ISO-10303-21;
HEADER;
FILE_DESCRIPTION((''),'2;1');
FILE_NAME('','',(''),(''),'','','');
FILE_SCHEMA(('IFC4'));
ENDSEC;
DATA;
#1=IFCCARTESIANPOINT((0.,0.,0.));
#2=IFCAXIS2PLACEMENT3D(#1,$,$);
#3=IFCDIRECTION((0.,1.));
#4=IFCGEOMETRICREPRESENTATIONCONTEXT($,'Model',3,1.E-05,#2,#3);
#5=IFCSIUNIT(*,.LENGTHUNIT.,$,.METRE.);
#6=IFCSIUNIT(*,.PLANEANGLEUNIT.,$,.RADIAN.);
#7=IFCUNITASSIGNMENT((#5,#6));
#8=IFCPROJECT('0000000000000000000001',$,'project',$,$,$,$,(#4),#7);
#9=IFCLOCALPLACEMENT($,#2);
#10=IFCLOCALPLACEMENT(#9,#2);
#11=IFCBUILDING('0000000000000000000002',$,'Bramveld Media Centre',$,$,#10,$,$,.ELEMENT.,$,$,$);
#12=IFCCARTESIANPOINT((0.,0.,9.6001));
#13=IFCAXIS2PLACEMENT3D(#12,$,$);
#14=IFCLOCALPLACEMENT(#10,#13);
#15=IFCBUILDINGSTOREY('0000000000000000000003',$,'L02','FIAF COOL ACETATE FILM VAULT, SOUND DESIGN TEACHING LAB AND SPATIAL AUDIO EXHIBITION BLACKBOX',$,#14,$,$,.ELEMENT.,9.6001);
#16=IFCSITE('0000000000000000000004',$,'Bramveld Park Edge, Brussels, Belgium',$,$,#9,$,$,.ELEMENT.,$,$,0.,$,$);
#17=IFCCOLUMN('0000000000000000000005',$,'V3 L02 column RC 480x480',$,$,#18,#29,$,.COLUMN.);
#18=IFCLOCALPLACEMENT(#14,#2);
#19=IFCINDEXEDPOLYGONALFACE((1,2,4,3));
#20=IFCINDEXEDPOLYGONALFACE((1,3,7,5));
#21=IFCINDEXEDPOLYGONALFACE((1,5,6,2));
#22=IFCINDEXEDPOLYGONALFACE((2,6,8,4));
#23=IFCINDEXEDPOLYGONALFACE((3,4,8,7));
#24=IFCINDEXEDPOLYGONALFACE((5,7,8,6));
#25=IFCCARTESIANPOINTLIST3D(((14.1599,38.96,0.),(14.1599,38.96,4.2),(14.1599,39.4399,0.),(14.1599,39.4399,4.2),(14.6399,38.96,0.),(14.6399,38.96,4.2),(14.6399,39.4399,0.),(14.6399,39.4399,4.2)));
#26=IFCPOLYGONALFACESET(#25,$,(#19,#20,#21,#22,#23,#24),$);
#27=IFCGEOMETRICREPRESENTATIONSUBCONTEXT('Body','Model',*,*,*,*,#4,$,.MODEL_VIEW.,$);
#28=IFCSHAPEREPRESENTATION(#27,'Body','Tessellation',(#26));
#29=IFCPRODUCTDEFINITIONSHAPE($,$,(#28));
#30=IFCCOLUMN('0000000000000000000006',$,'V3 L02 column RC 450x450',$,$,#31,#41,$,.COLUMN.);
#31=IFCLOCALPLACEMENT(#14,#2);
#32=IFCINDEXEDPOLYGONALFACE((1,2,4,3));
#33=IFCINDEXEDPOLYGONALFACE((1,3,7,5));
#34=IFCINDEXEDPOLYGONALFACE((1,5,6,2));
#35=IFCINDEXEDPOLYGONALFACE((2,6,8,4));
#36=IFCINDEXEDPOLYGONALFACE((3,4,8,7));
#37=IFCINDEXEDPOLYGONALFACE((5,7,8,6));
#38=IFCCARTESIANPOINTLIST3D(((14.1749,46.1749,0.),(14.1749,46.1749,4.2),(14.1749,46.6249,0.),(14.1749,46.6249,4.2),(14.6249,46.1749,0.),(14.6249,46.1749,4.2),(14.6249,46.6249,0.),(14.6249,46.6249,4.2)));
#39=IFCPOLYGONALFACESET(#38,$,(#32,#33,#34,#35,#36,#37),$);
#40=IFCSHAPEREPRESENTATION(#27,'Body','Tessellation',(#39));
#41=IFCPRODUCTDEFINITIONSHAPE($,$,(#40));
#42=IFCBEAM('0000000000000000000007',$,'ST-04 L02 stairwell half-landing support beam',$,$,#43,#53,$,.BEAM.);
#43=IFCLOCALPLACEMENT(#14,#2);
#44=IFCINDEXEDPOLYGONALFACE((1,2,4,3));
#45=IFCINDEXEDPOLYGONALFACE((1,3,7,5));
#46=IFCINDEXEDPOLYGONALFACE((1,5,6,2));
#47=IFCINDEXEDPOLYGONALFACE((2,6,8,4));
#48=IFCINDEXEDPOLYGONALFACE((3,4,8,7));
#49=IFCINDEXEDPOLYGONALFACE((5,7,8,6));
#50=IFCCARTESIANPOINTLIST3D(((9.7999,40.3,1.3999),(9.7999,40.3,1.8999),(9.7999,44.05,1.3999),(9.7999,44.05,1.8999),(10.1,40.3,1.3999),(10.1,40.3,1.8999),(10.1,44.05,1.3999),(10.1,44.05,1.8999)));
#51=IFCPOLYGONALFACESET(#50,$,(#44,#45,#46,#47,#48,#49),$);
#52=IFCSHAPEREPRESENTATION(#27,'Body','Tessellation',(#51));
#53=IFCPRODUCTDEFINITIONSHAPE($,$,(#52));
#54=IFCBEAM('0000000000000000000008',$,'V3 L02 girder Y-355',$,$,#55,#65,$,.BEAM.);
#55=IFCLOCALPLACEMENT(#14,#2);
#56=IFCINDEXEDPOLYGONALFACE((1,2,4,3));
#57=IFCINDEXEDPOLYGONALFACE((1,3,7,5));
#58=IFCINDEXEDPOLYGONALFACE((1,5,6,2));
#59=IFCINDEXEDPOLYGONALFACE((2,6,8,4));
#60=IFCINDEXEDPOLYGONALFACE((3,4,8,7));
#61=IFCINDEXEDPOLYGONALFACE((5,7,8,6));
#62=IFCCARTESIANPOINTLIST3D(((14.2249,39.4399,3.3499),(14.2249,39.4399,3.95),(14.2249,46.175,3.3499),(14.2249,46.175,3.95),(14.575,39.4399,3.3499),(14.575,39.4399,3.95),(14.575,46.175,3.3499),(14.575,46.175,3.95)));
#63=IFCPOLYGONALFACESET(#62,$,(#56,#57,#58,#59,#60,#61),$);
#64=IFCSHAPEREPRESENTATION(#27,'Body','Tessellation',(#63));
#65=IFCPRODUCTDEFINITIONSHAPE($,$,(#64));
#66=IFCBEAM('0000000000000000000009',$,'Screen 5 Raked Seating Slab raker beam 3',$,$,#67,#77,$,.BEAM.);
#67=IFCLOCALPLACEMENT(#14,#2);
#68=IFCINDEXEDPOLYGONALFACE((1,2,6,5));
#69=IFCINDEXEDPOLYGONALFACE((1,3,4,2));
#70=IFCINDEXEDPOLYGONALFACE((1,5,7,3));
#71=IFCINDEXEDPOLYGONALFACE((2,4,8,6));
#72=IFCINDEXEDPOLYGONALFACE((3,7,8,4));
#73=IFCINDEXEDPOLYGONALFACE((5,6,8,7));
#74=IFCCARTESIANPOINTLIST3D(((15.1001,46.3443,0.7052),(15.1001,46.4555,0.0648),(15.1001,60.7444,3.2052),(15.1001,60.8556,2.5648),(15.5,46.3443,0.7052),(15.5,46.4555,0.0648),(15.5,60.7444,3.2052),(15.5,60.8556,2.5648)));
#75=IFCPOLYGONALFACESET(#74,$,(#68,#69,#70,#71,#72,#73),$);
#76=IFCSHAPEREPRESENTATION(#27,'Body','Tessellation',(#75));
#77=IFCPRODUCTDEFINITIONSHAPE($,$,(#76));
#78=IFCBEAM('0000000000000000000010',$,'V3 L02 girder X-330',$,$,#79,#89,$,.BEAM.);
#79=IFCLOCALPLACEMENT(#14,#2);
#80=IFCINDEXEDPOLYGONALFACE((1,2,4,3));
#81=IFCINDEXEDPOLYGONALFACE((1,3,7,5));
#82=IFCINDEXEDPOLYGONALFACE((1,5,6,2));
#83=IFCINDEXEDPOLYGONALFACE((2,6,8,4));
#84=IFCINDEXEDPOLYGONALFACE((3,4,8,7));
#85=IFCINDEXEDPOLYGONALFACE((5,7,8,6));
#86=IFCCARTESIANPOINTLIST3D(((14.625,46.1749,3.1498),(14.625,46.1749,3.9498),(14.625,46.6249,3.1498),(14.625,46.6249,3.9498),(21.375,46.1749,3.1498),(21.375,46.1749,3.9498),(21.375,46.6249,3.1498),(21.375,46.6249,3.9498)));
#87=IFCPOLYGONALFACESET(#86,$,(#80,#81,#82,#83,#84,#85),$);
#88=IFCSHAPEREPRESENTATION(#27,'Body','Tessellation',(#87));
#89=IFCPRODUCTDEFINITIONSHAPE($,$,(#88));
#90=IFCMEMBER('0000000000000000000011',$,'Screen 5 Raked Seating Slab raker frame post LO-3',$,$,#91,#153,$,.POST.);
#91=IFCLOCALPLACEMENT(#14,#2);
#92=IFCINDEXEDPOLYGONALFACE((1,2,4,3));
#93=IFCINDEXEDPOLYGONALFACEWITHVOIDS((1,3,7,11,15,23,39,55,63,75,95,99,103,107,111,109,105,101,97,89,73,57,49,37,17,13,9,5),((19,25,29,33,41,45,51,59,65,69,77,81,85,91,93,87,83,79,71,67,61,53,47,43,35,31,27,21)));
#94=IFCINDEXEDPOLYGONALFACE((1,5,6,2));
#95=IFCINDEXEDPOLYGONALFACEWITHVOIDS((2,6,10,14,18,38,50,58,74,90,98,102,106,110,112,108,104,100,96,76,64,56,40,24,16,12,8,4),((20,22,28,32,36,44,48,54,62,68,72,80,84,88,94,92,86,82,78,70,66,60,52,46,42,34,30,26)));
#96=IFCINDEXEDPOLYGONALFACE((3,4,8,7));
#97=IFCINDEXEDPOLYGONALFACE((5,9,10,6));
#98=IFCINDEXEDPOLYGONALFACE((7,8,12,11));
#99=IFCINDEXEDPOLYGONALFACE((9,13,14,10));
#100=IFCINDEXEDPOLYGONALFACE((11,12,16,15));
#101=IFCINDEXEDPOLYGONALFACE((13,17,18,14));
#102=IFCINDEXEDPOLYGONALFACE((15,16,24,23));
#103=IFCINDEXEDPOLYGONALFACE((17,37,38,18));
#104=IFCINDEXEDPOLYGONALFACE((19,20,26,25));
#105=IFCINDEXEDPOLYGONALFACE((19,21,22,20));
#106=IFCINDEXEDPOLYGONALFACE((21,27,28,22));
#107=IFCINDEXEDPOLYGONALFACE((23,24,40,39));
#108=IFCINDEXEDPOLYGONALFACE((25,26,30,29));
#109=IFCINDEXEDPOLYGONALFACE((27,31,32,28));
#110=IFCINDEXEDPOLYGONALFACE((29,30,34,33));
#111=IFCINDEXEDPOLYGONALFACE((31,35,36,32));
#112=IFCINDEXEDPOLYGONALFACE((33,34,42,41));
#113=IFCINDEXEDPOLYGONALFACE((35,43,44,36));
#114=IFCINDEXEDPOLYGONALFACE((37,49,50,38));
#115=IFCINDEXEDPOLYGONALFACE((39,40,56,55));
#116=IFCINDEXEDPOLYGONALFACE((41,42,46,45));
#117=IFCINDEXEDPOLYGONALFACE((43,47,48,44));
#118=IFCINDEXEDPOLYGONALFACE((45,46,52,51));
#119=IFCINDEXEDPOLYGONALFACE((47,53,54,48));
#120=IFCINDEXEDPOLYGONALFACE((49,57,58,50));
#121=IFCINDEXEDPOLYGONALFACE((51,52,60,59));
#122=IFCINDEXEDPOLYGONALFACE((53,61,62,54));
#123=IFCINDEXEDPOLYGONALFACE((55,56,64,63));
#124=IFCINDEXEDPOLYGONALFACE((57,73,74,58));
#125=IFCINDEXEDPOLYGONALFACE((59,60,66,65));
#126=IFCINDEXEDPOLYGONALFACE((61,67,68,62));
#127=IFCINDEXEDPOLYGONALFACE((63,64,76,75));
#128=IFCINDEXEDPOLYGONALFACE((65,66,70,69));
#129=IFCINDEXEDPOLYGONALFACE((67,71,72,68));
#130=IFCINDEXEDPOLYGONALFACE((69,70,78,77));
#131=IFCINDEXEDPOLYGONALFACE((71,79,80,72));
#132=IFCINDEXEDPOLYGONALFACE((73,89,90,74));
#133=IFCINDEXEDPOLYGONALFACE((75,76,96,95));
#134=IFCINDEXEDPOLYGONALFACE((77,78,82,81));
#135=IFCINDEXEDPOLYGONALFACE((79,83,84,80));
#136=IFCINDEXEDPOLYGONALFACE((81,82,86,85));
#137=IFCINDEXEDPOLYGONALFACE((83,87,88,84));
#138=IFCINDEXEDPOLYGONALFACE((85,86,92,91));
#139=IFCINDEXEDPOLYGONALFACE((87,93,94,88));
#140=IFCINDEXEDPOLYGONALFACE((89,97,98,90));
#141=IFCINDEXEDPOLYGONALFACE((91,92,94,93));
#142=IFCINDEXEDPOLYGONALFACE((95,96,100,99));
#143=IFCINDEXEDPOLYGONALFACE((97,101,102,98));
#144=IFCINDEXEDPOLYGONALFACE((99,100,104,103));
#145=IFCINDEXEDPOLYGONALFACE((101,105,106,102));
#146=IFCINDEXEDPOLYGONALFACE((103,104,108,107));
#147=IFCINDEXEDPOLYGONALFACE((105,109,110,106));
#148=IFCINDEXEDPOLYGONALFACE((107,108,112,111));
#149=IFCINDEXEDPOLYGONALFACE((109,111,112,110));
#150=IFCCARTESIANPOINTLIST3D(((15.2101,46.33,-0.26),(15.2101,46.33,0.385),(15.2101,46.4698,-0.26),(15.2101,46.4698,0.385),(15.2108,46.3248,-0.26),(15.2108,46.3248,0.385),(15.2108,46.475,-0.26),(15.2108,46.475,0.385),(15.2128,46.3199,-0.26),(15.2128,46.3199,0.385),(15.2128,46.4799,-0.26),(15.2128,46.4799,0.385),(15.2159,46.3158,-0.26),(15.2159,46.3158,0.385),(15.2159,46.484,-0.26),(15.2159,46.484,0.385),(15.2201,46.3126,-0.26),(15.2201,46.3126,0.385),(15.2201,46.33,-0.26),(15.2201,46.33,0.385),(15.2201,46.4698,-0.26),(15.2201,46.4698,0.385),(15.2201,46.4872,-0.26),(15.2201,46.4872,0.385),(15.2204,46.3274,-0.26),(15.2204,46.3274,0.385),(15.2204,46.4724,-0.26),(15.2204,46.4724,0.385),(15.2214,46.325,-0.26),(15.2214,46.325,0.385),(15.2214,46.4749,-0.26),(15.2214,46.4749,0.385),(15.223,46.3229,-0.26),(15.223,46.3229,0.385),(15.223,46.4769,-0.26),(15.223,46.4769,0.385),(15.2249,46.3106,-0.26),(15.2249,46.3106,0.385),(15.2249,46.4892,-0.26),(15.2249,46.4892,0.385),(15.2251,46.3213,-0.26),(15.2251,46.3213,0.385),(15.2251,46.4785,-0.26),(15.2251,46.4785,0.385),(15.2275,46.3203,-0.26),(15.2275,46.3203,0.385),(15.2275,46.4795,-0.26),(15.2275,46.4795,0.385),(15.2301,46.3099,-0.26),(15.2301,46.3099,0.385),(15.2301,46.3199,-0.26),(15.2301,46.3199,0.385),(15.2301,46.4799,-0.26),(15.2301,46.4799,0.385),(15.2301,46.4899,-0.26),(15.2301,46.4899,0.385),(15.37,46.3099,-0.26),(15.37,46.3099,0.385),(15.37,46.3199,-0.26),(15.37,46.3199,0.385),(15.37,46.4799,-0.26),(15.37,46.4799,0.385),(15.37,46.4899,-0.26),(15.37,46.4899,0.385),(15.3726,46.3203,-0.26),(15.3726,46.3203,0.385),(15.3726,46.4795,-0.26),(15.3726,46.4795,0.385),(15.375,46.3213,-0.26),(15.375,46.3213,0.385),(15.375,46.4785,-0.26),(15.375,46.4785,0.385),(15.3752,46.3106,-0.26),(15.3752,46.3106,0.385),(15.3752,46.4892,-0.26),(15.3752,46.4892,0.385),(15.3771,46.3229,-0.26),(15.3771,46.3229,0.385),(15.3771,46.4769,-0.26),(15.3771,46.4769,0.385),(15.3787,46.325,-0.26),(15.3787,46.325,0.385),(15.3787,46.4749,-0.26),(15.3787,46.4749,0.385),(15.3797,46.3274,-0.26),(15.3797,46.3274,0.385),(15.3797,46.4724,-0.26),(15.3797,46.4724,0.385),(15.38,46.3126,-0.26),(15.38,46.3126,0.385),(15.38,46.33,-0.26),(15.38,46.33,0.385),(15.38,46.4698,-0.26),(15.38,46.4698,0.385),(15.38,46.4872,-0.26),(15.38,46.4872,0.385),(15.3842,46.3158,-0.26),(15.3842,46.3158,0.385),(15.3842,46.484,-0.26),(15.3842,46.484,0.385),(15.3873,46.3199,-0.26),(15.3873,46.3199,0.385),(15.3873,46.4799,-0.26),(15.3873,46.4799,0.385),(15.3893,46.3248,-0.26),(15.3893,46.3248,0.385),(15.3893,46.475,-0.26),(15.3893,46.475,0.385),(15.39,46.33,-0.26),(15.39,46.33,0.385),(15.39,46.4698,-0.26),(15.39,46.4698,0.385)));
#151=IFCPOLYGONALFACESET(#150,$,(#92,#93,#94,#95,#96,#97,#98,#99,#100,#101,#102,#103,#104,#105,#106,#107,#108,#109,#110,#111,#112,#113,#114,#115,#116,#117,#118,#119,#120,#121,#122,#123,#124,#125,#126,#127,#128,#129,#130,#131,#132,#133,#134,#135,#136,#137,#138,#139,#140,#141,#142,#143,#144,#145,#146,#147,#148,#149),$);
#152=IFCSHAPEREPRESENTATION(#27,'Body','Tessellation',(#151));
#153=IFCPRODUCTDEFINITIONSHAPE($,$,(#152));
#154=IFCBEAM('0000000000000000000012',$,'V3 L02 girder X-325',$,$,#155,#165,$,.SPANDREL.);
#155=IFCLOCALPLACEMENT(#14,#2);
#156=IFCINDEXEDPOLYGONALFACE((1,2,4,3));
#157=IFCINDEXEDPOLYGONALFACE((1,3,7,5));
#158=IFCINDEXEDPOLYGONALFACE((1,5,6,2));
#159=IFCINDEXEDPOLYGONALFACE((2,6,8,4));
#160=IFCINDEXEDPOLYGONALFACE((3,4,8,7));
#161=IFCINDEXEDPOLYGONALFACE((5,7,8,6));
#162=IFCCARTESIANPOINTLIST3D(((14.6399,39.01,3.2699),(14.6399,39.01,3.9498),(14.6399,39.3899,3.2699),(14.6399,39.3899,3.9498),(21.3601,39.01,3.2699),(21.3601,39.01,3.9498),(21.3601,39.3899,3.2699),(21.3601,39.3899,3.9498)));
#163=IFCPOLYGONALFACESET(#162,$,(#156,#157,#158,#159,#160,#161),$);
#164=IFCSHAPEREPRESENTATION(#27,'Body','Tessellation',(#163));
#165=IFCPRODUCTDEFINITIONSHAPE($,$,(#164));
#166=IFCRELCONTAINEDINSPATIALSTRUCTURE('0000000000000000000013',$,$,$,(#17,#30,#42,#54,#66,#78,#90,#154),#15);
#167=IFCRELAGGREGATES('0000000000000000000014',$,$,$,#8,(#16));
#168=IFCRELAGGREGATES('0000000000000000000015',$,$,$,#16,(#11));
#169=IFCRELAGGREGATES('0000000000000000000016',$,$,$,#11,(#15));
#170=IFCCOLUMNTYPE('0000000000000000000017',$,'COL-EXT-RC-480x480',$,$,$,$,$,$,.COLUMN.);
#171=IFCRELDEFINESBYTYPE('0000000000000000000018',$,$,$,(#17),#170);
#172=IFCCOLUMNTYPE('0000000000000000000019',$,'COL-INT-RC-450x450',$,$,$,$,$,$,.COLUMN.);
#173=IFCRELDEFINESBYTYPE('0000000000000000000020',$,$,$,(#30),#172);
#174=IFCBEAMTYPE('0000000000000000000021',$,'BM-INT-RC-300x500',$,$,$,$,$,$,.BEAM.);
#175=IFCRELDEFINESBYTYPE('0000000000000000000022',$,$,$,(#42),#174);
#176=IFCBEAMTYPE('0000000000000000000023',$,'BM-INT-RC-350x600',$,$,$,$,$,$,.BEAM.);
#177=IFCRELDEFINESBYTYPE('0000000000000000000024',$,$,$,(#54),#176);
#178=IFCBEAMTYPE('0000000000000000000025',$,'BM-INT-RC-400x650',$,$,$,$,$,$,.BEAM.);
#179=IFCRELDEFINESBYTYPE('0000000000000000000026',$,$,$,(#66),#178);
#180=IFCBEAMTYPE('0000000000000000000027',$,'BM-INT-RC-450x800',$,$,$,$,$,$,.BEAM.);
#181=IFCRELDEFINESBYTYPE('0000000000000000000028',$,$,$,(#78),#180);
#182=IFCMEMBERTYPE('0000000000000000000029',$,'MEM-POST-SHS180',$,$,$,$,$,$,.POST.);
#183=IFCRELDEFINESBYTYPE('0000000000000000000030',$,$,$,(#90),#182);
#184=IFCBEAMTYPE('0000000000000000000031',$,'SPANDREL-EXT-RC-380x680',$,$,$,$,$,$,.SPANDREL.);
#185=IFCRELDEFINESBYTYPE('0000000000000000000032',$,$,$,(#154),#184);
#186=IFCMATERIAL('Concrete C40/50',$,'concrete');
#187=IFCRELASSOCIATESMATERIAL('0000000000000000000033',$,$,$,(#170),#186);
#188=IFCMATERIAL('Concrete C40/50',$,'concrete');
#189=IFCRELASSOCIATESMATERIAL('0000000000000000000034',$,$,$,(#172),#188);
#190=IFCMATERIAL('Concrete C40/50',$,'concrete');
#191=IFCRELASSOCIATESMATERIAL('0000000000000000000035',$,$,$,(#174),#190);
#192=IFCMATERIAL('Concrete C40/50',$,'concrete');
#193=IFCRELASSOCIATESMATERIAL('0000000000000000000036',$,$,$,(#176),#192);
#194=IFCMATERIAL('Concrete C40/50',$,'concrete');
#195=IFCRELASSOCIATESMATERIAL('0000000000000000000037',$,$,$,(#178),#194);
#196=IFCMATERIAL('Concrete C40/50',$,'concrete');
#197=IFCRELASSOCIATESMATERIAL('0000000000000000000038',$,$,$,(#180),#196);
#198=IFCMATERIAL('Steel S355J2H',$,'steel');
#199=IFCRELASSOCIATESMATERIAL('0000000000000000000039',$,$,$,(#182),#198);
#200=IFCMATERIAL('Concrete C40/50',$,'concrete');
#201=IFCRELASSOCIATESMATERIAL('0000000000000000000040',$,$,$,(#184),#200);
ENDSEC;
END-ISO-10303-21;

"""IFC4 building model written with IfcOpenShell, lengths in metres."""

from ifc_helpers import new_model, si_unit, direction, frame, origin, origin_2d, place, context, subcontext, project, spatial, rectangle, hollow_rectangle, extrude, material, material_profile, profile_set, type_object, element, save


model = new_model("IFC4")

# Units and contexts
model_context = context("Model", 3, precision=1e-05, world=origin(), true_north=direction((0.0, 1.0)))
body_context = subcontext(model_context, "Body", "Model", "MODEL_VIEW")
ifc_project = project(units=[si_unit("LENGTHUNIT", "METRE"), si_unit("PLANEANGLEUNIT", "RADIAN")], contexts=[model_context])

# Site, building, storey
site_placement = place(None, origin())
site = spatial("IfcSite", under=ifc_project, at=site_placement, Name="Bramveld Park Edge, Brussels, Belgium", CompositionType="ELEMENT", RefElevation=0.0)
building_placement = place(site_placement, origin())
building = spatial("IfcBuilding", under=site, at=building_placement, Name="Bramveld Media Centre", CompositionType="ELEMENT")
storey_placement = place(building_placement, frame((0.0, 0.0, 9.6001)))
storey = spatial("IfcBuildingStorey", under=building, at=storey_placement, Name="L02", Description="FIAF COOL ACETATE FILM VAULT, SOUND DESIGN TEACHING LAB AND SPATIAL AUDIO EXHIBITION BLACKBOX", CompositionType="ELEMENT", Elevation=9.6001)

# Columns
ifc_material_1 = material(Name="Concrete C40/50", Category="concrete")
ifc_material_profile_1 = material_profile(ifc_material_1, rectangle(XDim=0.48, YDim=0.48, at=origin_2d()), Name="RC 480x480")
ifc_profile_set_1 = profile_set([ifc_material_profile_1], Name="Concrete C40/50")
column_type_1 = type_object("IfcColumnType", Name="COL-EXT-RC-480x480", PredefinedType="COLUMN", material=ifc_profile_set_1)
column_1_placement = place(storey_placement, frame((14.3999, 39.2, 0.0), z_axis=(0.0, 0.0, 1.0), x_axis=(1.0, 0.0, 0.0)))
element("IfcColumn", 1, at=column_1_placement, inside=storey, type_object=column_type_1, Name="V3 L02 column RC 480x480", PredefinedType="COLUMN", context=body_context, shape_type="SweptSolid", body=[
    extrude(rectangle(XDim=0.48, YDim=0.48, at=origin_2d()), origin(), (0.0, 0.0, 1.0), 4.2),
])
ifc_material_2 = material(Name="Concrete C40/50", Category="concrete")
ifc_material_profile_2 = material_profile(ifc_material_2, rectangle(XDim=0.45, YDim=0.45, at=origin_2d()), Name="RC 450x450")
ifc_profile_set_2 = profile_set([ifc_material_profile_2], Name="Concrete C40/50")
column_type_2 = type_object("IfcColumnType", Name="COL-INT-RC-450x450", PredefinedType="COLUMN", material=ifc_profile_set_2)
column_2_placement = place(storey_placement, frame((14.3999, 46.3999, 0.0), z_axis=(0.0, 0.0, 1.0), x_axis=(1.0, 0.0, 0.0)))
element("IfcColumn", 2, at=column_2_placement, inside=storey, type_object=column_type_2, Name="V3 L02 column RC 450x450", PredefinedType="COLUMN", context=body_context, shape_type="SweptSolid", body=[
    extrude(rectangle(XDim=0.45, YDim=0.45, at=origin_2d()), origin(), (0.0, 0.0, 1.0), 4.2),
])

# Beams
ifc_material_3 = material(Name="Concrete C40/50", Category="concrete")
ifc_material_profile_3 = material_profile(ifc_material_3, rectangle(XDim=0.3, YDim=0.5, at=origin_2d()), Name="RC 300x500")
ifc_profile_set_3 = profile_set([ifc_material_profile_3], Name="Concrete C40/50")
beam_type_1 = type_object("IfcBeamType", Name="BM-INT-RC-300x500", PredefinedType="BEAM", material=ifc_profile_set_3)
beam_1_placement = place(storey_placement, frame((9.95, 40.3, 1.6499), z_axis=(0.0, 1.0, 0.0), x_axis=(-1.0, 0.0, 0.0)))
element("IfcBeam", 3, at=beam_1_placement, inside=storey, type_object=beam_type_1, Name="ST-04 L02 stairwell half-landing support beam", PredefinedType="BEAM", context=body_context, shape_type="SweptSolid", body=[
    extrude(rectangle(XDim=0.3, YDim=0.5, at=origin_2d()), origin(), (0.0, 0.0, 1.0), 3.75),
])
ifc_material_4 = material(Name="Concrete C40/50", Category="concrete")
ifc_material_profile_4 = material_profile(ifc_material_4, rectangle(XDim=0.3501, YDim=0.6001, at=origin_2d()), Name="RC 350x600")
ifc_profile_set_4 = profile_set([ifc_material_profile_4], Name="Concrete C40/50")
beam_type_2 = type_object("IfcBeamType", Name="BM-INT-RC-350x600", PredefinedType="BEAM", material=ifc_profile_set_4)
beam_2_placement = place(storey_placement, frame((14.3999, 39.4399, 3.6499), z_axis=(0.0, 1.0, 0.0), x_axis=(-1.0, 0.0, 0.0)))
element("IfcBeam", 4, at=beam_2_placement, inside=storey, type_object=beam_type_2, Name="V3 L02 girder Y-355", PredefinedType="BEAM", context=body_context, shape_type="SweptSolid", body=[
    extrude(rectangle(XDim=0.3501, YDim=0.6001, at=origin_2d()), origin(), (0.0, 0.0, 1.0), 6.7351),
])
ifc_material_5 = material(Name="Concrete C40/50", Category="concrete")
ifc_material_profile_5 = material_profile(ifc_material_5, rectangle(XDim=0.3999, YDim=0.6499, at=origin_2d()), Name="RC 400x650")
ifc_profile_set_5 = profile_set([ifc_material_profile_5], Name="Concrete C40/50")
beam_type_3 = type_object("IfcBeamType", Name="BM-INT-RC-400x650", PredefinedType="BEAM", material=ifc_profile_set_5)
beam_3_placement = place(storey_placement, frame((15.3, 46.3999, 0.385), z_axis=(0.0, 0.985262, 0.171051), x_axis=(-1.0, 0.0, 0.0)))
element("IfcBeam", 5, at=beam_3_placement, inside=storey, type_object=beam_type_3, Name="Screen 5 Raked Seating Slab raker beam 3", PredefinedType="BEAM", context=body_context, shape_type="SweptSolid", body=[
    extrude(rectangle(XDim=0.3999, YDim=0.6499, at=origin_2d()), origin(), (0.0, 0.0, 1.0), 14.6155),
])
ifc_material_6 = material(Name="Concrete C40/50", Category="concrete")
ifc_material_profile_6 = material_profile(ifc_material_6, rectangle(XDim=0.45, YDim=0.8, at=origin_2d()), Name="RC 450x800")
ifc_profile_set_6 = profile_set([ifc_material_profile_6], Name="Concrete C40/50")
beam_type_4 = type_object("IfcBeamType", Name="BM-INT-RC-450x800", PredefinedType="BEAM", material=ifc_profile_set_6)
beam_4_placement = place(storey_placement, frame((14.625, 46.3999, 3.5498), z_axis=(1.0, 0.0, 0.0), x_axis=(0.0, 1.0, 0.0)))
element("IfcBeam", 6, at=beam_4_placement, inside=storey, type_object=beam_type_4, Name="V3 L02 girder X-330", PredefinedType="BEAM", context=body_context, shape_type="SweptSolid", body=[
    extrude(rectangle(XDim=0.45, YDim=0.8, at=origin_2d()), origin(), (0.0, 0.0, 1.0), 6.75),
])

# Member
ifc_material_7 = material(Name="Steel S355J2H", Category="steel")
ifc_material_profile_7 = material_profile(ifc_material_7, hollow_rectangle(XDim=0.1799, YDim=0.1799, WallThickness=0.01, InnerFilletRadius=0.01, OuterFilletRadius=0.02, at=origin_2d()), Name="SHS 180x180x10")
ifc_profile_set_7 = profile_set([ifc_material_profile_7], Name="Steel S355J2H")
member_type = type_object("IfcMemberType", Name="MEM-POST-SHS180", PredefinedType="POST", material=ifc_profile_set_7)
member_placement = place(storey_placement, frame((15.3, 46.3999, -0.26), z_axis=(0.0, 0.0, 1.0), x_axis=(1.0, 0.0, 0.0)))
element("IfcMember", 7, at=member_placement, inside=storey, type_object=member_type, Name="Screen 5 Raked Seating Slab raker frame post LO-3", PredefinedType="POST", context=body_context, shape_type="SweptSolid", body=[
    extrude(hollow_rectangle(XDim=0.1799, YDim=0.1799, WallThickness=0.01, InnerFilletRadius=0.01, OuterFilletRadius=0.02, at=origin_2d()), origin(), (0.0, 0.0, 1.0), 0.645),
])

# Beam
ifc_material_8 = material(Name="Concrete C40/50", Category="concrete")
ifc_material_profile_8 = material_profile(ifc_material_8, rectangle(XDim=0.3799, YDim=0.6799, at=origin_2d()), Name="RC 380x680")
ifc_profile_set_8 = profile_set([ifc_material_profile_8], Name="Concrete C40/50")
beam_type_5 = type_object("IfcBeamType", Name="SPANDREL-EXT-RC-380x680", PredefinedType="SPANDREL", material=ifc_profile_set_8)
beam_5_placement = place(storey_placement, frame((14.6399, 39.2, 3.6099), z_axis=(1.0, 0.0, 0.0), x_axis=(0.0, 1.0, 0.0)))
element("IfcBeam", 8, at=beam_5_placement, inside=storey, type_object=beam_type_5, Name="V3 L02 girder X-325", PredefinedType="SPANDREL", context=body_context, shape_type="SweptSolid", body=[
    extrude(rectangle(XDim=0.3799, YDim=0.6799, at=origin_2d()), origin(), (0.0, 0.0, 1.0), 6.7202),
])

save(model, "model.ifc")
